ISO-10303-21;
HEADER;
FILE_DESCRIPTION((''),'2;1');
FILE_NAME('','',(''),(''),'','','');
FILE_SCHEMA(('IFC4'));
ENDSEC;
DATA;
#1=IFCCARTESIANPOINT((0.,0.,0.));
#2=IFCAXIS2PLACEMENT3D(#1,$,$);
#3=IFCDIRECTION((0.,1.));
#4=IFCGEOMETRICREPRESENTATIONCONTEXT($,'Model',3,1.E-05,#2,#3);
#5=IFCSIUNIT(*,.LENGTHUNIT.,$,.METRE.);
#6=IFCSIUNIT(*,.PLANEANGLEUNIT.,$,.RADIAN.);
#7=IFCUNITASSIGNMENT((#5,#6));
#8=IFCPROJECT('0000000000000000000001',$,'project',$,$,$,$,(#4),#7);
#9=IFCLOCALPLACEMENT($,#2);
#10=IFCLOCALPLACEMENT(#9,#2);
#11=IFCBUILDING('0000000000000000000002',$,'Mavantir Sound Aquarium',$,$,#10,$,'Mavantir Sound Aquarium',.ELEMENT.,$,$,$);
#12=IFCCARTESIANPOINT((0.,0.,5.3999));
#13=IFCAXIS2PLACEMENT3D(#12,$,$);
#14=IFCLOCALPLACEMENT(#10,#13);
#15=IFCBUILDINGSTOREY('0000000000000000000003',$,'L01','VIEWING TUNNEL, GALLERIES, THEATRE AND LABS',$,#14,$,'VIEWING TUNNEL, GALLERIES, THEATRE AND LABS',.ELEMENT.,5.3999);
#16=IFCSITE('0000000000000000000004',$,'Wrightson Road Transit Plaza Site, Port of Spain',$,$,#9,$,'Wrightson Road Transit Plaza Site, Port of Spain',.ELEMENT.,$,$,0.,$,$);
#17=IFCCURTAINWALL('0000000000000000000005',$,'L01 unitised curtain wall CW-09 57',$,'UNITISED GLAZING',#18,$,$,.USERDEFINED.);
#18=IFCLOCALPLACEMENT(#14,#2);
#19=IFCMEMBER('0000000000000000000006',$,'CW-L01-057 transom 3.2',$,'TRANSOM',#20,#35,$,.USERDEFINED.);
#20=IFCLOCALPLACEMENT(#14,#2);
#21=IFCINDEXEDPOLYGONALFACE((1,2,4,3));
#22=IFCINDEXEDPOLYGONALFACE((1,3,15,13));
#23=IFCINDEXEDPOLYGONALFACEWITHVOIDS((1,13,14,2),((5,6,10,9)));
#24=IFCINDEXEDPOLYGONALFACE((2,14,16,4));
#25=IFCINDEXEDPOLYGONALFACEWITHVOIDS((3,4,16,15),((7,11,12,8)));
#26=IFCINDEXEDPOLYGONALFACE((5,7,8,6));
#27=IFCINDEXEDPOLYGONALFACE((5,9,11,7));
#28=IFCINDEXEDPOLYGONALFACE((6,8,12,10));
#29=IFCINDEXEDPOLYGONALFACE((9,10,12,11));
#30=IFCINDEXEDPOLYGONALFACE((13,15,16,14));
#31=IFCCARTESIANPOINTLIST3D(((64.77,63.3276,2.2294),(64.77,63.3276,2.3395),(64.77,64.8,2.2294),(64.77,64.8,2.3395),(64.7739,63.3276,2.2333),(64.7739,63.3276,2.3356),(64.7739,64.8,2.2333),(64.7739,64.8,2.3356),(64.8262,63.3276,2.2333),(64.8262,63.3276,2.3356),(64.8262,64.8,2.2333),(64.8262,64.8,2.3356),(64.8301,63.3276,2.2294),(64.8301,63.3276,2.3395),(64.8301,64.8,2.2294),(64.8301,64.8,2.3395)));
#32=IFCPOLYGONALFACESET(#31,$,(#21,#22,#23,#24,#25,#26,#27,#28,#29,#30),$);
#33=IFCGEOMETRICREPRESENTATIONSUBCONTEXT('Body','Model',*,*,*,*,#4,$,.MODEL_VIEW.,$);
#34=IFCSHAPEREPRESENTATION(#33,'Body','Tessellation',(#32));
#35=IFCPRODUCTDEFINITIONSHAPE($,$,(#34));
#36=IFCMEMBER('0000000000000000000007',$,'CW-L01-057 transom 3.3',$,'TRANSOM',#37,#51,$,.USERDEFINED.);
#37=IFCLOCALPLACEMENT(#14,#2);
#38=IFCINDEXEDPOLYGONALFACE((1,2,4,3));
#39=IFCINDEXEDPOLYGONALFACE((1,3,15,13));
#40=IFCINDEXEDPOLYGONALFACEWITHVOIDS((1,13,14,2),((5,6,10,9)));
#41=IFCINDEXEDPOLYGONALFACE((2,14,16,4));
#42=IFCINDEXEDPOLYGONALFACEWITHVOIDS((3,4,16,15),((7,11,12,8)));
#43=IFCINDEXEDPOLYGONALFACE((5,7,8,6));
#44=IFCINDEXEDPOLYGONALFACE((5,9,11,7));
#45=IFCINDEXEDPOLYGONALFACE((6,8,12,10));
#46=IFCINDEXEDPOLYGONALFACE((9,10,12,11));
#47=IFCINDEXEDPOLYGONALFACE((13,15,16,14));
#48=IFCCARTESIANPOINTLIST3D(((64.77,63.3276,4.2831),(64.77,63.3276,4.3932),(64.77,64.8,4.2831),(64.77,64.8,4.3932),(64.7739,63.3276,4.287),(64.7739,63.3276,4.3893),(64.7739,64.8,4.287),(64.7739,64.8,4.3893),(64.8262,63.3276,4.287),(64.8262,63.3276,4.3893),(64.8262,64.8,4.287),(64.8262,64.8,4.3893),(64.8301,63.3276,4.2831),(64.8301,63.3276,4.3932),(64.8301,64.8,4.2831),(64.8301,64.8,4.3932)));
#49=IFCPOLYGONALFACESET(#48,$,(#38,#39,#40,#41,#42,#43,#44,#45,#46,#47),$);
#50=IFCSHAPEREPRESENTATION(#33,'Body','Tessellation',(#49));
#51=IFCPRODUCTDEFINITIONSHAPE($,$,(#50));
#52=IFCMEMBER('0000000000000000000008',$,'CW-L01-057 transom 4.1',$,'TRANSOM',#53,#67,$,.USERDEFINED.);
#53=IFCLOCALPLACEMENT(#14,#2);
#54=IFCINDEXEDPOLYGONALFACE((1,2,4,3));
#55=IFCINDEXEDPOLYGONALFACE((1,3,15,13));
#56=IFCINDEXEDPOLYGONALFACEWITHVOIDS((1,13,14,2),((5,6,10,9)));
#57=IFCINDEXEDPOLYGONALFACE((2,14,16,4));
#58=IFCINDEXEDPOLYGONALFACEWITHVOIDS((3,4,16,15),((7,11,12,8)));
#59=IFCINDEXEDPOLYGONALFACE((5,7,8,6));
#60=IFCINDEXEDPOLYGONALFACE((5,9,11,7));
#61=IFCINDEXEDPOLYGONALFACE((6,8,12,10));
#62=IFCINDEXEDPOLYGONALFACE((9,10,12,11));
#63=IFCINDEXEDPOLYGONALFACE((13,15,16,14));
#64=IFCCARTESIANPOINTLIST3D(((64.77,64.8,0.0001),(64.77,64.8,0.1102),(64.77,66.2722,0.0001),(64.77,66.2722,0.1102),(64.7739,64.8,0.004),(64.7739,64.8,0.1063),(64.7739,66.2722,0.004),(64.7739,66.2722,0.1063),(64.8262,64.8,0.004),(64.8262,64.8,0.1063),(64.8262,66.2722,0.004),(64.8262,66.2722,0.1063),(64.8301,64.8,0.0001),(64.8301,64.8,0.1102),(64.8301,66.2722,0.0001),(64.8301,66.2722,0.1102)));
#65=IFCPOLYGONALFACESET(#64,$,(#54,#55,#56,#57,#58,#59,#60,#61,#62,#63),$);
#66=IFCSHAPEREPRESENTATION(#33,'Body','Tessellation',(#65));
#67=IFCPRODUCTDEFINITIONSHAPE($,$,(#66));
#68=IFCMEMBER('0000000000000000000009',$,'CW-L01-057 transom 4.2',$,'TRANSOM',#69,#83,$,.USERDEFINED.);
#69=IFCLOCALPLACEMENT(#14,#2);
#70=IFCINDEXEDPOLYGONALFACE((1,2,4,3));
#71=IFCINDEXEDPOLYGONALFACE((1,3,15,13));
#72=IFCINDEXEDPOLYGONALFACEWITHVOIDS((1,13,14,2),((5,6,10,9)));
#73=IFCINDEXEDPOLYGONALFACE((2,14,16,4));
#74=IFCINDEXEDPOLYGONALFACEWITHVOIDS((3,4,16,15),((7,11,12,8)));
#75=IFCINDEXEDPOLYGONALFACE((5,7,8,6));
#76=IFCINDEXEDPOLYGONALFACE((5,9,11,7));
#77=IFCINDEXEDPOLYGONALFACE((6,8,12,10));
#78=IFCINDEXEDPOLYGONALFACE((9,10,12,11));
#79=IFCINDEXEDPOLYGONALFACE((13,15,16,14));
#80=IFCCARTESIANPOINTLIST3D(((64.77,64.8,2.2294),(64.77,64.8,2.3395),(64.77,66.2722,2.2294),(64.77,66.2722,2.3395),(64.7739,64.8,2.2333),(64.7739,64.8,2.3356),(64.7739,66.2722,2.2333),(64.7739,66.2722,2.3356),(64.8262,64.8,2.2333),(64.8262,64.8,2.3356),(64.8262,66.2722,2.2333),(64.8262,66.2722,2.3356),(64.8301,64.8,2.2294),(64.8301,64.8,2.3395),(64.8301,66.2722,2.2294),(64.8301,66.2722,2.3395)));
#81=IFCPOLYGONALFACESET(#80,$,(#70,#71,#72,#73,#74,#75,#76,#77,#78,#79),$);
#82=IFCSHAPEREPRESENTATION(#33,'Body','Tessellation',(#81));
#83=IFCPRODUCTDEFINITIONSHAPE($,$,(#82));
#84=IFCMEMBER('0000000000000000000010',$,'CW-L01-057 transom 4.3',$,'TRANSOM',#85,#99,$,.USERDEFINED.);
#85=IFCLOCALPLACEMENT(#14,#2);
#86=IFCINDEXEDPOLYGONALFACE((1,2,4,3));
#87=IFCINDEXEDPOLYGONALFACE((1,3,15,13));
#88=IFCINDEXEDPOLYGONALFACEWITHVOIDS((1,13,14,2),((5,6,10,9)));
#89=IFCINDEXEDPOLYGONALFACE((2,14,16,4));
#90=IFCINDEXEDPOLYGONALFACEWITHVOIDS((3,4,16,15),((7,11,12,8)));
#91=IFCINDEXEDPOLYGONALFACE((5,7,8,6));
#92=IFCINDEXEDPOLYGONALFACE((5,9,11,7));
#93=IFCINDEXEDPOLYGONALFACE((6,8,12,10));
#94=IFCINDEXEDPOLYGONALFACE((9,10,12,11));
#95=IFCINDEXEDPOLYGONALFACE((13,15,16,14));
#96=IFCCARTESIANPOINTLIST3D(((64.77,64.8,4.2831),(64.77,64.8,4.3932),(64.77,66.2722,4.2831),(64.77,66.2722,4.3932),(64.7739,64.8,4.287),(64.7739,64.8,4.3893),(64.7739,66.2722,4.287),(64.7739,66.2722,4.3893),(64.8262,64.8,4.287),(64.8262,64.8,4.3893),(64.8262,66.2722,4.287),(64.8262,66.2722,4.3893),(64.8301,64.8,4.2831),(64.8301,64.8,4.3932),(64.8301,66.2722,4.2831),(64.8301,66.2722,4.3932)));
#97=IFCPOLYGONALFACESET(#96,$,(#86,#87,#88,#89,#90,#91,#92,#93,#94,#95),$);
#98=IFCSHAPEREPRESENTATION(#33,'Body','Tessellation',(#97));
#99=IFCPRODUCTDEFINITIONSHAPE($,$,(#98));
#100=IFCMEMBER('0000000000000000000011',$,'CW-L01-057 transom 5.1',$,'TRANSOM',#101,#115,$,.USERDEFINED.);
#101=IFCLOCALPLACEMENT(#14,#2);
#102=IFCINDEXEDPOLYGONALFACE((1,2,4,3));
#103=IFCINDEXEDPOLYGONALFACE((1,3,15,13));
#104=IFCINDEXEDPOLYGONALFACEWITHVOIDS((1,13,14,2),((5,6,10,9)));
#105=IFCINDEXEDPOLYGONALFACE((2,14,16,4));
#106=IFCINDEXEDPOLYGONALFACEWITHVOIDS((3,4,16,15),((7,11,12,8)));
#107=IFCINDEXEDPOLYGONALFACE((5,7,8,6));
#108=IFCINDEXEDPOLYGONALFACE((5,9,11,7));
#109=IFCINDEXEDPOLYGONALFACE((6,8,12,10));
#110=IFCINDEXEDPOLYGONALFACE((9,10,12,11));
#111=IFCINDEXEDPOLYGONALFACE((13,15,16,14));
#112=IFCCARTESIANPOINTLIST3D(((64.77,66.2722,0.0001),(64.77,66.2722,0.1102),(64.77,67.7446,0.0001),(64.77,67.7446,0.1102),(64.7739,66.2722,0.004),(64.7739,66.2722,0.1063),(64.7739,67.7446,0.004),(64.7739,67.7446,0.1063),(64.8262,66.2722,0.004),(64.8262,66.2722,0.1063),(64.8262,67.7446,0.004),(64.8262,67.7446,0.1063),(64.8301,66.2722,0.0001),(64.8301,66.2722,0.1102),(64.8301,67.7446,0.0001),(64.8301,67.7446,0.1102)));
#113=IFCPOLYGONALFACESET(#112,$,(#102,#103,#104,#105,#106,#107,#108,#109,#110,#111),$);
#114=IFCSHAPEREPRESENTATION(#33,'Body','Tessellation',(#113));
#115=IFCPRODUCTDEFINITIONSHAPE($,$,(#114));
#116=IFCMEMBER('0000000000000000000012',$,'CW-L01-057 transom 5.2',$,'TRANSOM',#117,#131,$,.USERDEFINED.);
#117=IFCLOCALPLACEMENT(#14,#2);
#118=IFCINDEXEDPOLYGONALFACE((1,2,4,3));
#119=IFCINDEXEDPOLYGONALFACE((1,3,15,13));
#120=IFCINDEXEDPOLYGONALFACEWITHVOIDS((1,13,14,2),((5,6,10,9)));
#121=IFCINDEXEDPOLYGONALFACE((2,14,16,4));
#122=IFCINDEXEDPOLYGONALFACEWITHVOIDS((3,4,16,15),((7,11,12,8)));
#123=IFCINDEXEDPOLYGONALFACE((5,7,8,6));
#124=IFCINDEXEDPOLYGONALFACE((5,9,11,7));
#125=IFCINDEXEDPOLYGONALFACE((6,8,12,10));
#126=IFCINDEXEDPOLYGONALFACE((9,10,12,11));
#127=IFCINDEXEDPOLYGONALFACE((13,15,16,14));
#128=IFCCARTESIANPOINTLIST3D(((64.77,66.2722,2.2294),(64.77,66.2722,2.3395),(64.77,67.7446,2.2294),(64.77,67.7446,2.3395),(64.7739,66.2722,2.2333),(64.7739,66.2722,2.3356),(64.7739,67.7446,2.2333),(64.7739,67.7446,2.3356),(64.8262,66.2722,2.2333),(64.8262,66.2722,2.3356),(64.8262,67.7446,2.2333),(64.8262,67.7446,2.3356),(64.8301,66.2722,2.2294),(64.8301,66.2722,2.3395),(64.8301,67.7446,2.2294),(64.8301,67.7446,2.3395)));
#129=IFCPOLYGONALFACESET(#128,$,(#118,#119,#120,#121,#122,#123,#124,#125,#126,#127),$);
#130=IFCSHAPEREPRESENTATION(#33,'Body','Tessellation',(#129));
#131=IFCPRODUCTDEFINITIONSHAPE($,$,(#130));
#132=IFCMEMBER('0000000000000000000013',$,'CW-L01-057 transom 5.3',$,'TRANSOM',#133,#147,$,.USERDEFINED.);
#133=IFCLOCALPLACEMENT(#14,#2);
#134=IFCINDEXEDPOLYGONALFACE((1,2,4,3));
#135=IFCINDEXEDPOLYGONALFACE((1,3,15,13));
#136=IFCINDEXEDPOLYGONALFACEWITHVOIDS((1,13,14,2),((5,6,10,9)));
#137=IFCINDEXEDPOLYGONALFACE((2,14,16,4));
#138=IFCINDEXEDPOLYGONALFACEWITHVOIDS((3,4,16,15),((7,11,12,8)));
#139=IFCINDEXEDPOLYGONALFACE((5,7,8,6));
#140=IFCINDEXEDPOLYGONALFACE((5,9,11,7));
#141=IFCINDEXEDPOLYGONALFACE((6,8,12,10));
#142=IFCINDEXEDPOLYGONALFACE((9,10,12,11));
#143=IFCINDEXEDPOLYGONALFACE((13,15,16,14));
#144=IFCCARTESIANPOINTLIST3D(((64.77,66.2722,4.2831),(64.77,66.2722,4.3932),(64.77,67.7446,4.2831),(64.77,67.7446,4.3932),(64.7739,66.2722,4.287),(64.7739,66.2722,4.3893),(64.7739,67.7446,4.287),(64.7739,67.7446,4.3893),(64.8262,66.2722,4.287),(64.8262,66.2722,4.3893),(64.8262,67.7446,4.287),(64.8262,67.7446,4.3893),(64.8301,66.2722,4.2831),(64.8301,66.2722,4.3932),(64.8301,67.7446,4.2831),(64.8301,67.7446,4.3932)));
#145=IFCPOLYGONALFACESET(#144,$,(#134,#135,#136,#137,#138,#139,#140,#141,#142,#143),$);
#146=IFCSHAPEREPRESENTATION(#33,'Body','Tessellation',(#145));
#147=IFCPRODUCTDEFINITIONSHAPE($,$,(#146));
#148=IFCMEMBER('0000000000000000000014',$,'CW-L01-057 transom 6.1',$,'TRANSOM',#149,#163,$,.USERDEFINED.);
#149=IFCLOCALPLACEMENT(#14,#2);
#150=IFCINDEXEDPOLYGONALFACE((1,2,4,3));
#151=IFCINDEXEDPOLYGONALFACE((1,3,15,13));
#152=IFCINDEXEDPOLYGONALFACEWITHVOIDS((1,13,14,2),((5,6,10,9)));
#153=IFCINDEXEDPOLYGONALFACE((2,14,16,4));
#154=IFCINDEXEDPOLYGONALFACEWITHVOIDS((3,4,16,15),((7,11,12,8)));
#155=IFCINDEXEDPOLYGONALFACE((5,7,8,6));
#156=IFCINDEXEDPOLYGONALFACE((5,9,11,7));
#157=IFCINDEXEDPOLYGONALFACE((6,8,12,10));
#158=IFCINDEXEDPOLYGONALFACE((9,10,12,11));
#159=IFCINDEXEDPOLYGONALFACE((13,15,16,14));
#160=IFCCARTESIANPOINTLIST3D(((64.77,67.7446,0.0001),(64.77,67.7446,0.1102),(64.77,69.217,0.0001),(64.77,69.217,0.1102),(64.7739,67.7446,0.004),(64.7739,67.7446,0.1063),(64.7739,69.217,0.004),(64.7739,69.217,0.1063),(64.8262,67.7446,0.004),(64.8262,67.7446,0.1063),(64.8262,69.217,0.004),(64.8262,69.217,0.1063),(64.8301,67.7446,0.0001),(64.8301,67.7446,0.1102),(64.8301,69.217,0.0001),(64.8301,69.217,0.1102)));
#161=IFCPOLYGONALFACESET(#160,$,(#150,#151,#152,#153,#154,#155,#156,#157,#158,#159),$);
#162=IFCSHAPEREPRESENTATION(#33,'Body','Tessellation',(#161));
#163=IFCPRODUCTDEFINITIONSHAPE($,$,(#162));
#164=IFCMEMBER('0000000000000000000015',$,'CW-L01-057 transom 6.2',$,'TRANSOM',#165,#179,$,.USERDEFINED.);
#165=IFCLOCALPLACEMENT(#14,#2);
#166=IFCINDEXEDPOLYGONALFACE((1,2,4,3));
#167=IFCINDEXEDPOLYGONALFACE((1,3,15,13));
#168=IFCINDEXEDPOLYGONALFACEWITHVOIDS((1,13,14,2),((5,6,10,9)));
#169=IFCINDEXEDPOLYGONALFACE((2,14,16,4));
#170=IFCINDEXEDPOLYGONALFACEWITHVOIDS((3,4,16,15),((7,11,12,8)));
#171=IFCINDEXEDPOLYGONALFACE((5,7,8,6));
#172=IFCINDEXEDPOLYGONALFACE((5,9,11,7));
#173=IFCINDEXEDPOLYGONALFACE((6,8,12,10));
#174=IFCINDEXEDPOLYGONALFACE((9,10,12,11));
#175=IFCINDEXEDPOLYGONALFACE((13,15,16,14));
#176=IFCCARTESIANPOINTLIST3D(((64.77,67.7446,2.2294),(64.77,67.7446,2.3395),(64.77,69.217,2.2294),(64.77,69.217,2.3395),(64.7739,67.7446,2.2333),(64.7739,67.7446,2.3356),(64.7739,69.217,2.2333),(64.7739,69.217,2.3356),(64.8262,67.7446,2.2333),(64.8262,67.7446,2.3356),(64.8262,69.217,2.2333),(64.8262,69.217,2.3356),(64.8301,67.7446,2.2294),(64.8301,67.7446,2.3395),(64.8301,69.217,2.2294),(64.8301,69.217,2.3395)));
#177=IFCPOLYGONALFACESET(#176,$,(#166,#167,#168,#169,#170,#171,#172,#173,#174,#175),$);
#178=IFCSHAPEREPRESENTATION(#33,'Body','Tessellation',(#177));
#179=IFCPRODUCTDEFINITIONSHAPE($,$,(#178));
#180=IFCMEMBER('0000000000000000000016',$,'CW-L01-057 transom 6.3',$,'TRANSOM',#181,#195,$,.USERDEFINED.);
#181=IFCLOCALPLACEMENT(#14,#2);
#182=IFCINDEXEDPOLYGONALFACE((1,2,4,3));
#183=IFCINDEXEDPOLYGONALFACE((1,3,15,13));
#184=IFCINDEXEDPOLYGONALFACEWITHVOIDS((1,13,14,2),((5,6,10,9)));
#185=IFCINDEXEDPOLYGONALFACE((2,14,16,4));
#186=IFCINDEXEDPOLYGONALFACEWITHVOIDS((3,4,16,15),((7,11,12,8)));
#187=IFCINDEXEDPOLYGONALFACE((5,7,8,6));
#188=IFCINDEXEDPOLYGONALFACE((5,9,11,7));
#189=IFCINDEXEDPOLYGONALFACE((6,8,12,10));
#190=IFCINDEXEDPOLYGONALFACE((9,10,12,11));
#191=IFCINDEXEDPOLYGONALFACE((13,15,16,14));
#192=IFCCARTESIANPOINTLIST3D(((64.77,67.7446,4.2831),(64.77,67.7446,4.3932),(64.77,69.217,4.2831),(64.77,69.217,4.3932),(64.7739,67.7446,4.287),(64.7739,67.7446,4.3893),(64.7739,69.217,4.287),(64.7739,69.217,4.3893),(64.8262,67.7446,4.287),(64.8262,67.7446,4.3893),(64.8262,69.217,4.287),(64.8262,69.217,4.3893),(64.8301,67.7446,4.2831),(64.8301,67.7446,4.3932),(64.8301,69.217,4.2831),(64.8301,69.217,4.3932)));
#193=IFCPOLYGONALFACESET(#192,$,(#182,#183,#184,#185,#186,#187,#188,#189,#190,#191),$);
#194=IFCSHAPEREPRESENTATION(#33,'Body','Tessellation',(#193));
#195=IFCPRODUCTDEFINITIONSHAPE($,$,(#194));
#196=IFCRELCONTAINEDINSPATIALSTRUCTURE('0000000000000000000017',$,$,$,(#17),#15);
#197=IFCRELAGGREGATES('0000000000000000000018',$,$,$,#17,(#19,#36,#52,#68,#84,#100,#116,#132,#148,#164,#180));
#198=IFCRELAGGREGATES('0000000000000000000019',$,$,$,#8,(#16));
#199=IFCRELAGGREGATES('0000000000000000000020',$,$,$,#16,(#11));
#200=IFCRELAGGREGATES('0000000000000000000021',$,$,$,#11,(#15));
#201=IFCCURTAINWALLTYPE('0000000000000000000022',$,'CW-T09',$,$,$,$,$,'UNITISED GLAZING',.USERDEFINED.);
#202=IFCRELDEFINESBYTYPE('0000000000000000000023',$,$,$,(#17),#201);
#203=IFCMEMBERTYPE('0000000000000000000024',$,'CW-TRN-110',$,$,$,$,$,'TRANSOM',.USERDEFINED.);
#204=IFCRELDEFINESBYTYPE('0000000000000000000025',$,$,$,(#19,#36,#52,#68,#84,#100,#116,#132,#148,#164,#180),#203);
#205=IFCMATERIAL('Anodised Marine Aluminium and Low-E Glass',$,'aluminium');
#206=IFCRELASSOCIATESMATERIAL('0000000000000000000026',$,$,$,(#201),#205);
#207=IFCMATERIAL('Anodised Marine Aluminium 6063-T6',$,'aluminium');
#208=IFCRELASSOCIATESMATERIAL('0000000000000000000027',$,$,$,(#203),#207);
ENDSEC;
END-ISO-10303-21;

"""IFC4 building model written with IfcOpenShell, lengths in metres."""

from ifc_helpers import new_model, si_unit, direction, frame, origin, origin_2d, place, context, subcontext, project, spatial, hollow_rectangle, extrude, material, material_profile, profile_set, type_object, element, aggregate, save


model = new_model("IFC4")

# Units and contexts
model_context = context("Model", 3, precision=1e-05, world=origin(), true_north=direction((0.0, 1.0)))
body_context = subcontext(model_context, "Body", "Model", "MODEL_VIEW")
ifc_project = project(units=[si_unit("LENGTHUNIT", "METRE"), si_unit("PLANEANGLEUNIT", "RADIAN")], contexts=[model_context])

# Site, building, storey
site_placement = place(None, origin())
site = spatial("IfcSite", under=ifc_project, at=site_placement, Name="Wrightson Road Transit Plaza Site, Port of Spain", LongName="Wrightson Road Transit Plaza Site, Port of Spain", CompositionType="ELEMENT", RefElevation=0.0)
building_placement = place(site_placement, origin())
building = spatial("IfcBuilding", under=site, at=building_placement, Name="Mavantir Sound Aquarium", LongName="Mavantir Sound Aquarium", CompositionType="ELEMENT")
storey_placement = place(building_placement, frame((0.0, 0.0, 5.3999)))
storey = spatial("IfcBuildingStorey", under=building, at=storey_placement, Name="L01", Description="VIEWING TUNNEL, GALLERIES, THEATRE AND LABS", LongName="VIEWING TUNNEL, GALLERIES, THEATRE AND LABS", CompositionType="ELEMENT", Elevation=5.3999)

# Curtain wall
ifc_material_1 = material(Name="Anodised Marine Aluminium and Low-E Glass", Category="aluminium")
curtain_wall_type_1 = type_object("IfcCurtainWallType", Name="CW-T09", ElementType="UNITISED GLAZING", PredefinedType="USERDEFINED", material=ifc_material_1)
curtain_wall_1_placement = place(storey_placement, origin())
curtain_wall_1 = element("IfcCurtainWall", 1, at=curtain_wall_1_placement, inside=storey, type_object=curtain_wall_type_1, Name="L01 unitised curtain wall CW-09 57", ObjectType="UNITISED GLAZING", PredefinedType="USERDEFINED")
ifc_material_2 = material(Name="Anodised Marine Aluminium 6063-T6", Category="aluminium")

# Members
ifc_material_profile_1 = material_profile(ifc_material_2, hollow_rectangle(XDim=0.0601, YDim=0.1101, WallThickness=0.0039, at=origin_2d()), Name="ALU-TRANSOM-110X60")
ifc_profile_set_1 = profile_set([ifc_material_profile_1], Name="Anodised Marine Aluminium 6063-T6")
member_type_1 = type_object("IfcMemberType", Name="CW-TRN-110", ElementType="TRANSOM", PredefinedType="USERDEFINED", material=ifc_profile_set_1)
member_1_placement = place(storey_placement, frame((64.8, 63.3276, 2.2844), z_axis=(0.0, 1.0, 0.0), x_axis=(-1.0, 0.0, 0.0)))
member_1 = element("IfcMember", 2, at=member_1_placement, type_object=member_type_1, Name="CW-L01-057 transom 3.2", ObjectType="TRANSOM", PredefinedType="USERDEFINED", context=body_context, shape_type="SweptSolid", body=[
    extrude(hollow_rectangle(XDim=0.0601, YDim=0.1101, WallThickness=0.0039, at=origin_2d()), origin(), (0.0, 0.0, 1.0), 1.4724),
])
member_2_placement = place(storey_placement, frame((64.8, 63.3276, 4.3381), z_axis=(0.0, 1.0, 0.0), x_axis=(-1.0, 0.0, 0.0)))
member_2 = element("IfcMember", 3, at=member_2_placement, type_object=member_type_1, Name="CW-L01-057 transom 3.3", ObjectType="TRANSOM", PredefinedType="USERDEFINED", context=body_context, shape_type="SweptSolid", body=[
    extrude(hollow_rectangle(XDim=0.0601, YDim=0.1101, WallThickness=0.0039, at=origin_2d()), origin(), (0.0, 0.0, 1.0), 1.4724),
])
member_3_placement = place(storey_placement, frame((64.8, 64.8, 0.0552), z_axis=(0.0, 1.0, 0.0), x_axis=(-1.0, 0.0, 0.0)))
member_3 = element("IfcMember", 4, at=member_3_placement, type_object=member_type_1, Name="CW-L01-057 transom 4.1", ObjectType="TRANSOM", PredefinedType="USERDEFINED", context=body_context, shape_type="SweptSolid", body=[
    extrude(hollow_rectangle(XDim=0.0601, YDim=0.1101, WallThickness=0.0039, at=origin_2d()), origin(), (0.0, 0.0, 1.0), 1.4722),
])
member_4_placement = place(storey_placement, frame((64.8, 64.8, 2.2844), z_axis=(0.0, 1.0, 0.0), x_axis=(-1.0, 0.0, 0.0)))
member_4 = element("IfcMember", 5, at=member_4_placement, type_object=member_type_1, Name="CW-L01-057 transom 4.2", ObjectType="TRANSOM", PredefinedType="USERDEFINED", context=body_context, shape_type="SweptSolid", body=[
    extrude(hollow_rectangle(XDim=0.0601, YDim=0.1101, WallThickness=0.0039, at=origin_2d()), origin(), (0.0, 0.0, 1.0), 1.4722),
])
member_5_placement = place(storey_placement, frame((64.8, 64.8, 4.3381), z_axis=(0.0, 1.0, 0.0), x_axis=(-1.0, 0.0, 0.0)))
member_5 = element("IfcMember", 6, at=member_5_placement, type_object=member_type_1, Name="CW-L01-057 transom 4.3", ObjectType="TRANSOM", PredefinedType="USERDEFINED", context=body_context, shape_type="SweptSolid", body=[
    extrude(hollow_rectangle(XDim=0.0601, YDim=0.1101, WallThickness=0.0039, at=origin_2d()), origin(), (0.0, 0.0, 1.0), 1.4722),
])
member_6_placement = place(storey_placement, frame((64.8, 66.2722, 0.0552), z_axis=(0.0, 1.0, 0.0), x_axis=(-1.0, 0.0, 0.0)))
member_6 = element("IfcMember", 7, at=member_6_placement, type_object=member_type_1, Name="CW-L01-057 transom 5.1", ObjectType="TRANSOM", PredefinedType="USERDEFINED", context=body_context, shape_type="SweptSolid", body=[
    extrude(hollow_rectangle(XDim=0.0601, YDim=0.1101, WallThickness=0.0039, at=origin_2d()), origin(), (0.0, 0.0, 1.0), 1.4724),
])
member_7_placement = place(storey_placement, frame((64.8, 66.2722, 2.2844), z_axis=(0.0, 1.0, 0.0), x_axis=(-1.0, 0.0, 0.0)))
member_7 = element("IfcMember", 8, at=member_7_placement, type_object=member_type_1, Name="CW-L01-057 transom 5.2", ObjectType="TRANSOM", PredefinedType="USERDEFINED", context=body_context, shape_type="SweptSolid", body=[
    extrude(hollow_rectangle(XDim=0.0601, YDim=0.1101, WallThickness=0.0039, at=origin_2d()), origin(), (0.0, 0.0, 1.0), 1.4724),
])
member_8_placement = place(storey_placement, frame((64.8, 66.2722, 4.3381), z_axis=(0.0, 1.0, 0.0), x_axis=(-1.0, 0.0, 0.0)))
member_8 = element("IfcMember", 9, at=member_8_placement, type_object=member_type_1, Name="CW-L01-057 transom 5.3", ObjectType="TRANSOM", PredefinedType="USERDEFINED", context=body_context, shape_type="SweptSolid", body=[
    extrude(hollow_rectangle(XDim=0.0601, YDim=0.1101, WallThickness=0.0039, at=origin_2d()), origin(), (0.0, 0.0, 1.0), 1.4724),
])
member_9_placement = place(storey_placement, frame((64.8, 67.7446, 0.0552), z_axis=(0.0, 1.0, 0.0), x_axis=(-1.0, 0.0, 0.0)))
member_9 = element("IfcMember", 10, at=member_9_placement, type_object=member_type_1, Name="CW-L01-057 transom 6.1", ObjectType="TRANSOM", PredefinedType="USERDEFINED", context=body_context, shape_type="SweptSolid", body=[
    extrude(hollow_rectangle(XDim=0.0601, YDim=0.1101, WallThickness=0.0039, at=origin_2d()), origin(), (0.0, 0.0, 1.0), 1.4724),
])
member_10_placement = place(storey_placement, frame((64.8, 67.7446, 2.2844), z_axis=(0.0, 1.0, 0.0), x_axis=(-1.0, 0.0, 0.0)))
member_10 = element("IfcMember", 11, at=member_10_placement, type_object=member_type_1, Name="CW-L01-057 transom 6.2", ObjectType="TRANSOM", PredefinedType="USERDEFINED", context=body_context, shape_type="SweptSolid", body=[
    extrude(hollow_rectangle(XDim=0.0601, YDim=0.1101, WallThickness=0.0039, at=origin_2d()), origin(), (0.0, 0.0, 1.0), 1.4724),
])
member_11_placement = place(storey_placement, frame((64.8, 67.7446, 4.3381), z_axis=(0.0, 1.0, 0.0), x_axis=(-1.0, 0.0, 0.0)))
member_11 = element("IfcMember", 12, at=member_11_placement, type_object=member_type_1, Name="CW-L01-057 transom 6.3", ObjectType="TRANSOM", PredefinedType="USERDEFINED", context=body_context, shape_type="SweptSolid", body=[
    extrude(hollow_rectangle(XDim=0.0601, YDim=0.1101, WallThickness=0.0039, at=origin_2d()), origin(), (0.0, 0.0, 1.0), 1.4724),
])

aggregate(curtain_wall_1, [member_1, member_2, member_3, member_4, member_5, member_6, member_7, member_8, member_9, member_10, member_11])

save(model, "model.ifc")
